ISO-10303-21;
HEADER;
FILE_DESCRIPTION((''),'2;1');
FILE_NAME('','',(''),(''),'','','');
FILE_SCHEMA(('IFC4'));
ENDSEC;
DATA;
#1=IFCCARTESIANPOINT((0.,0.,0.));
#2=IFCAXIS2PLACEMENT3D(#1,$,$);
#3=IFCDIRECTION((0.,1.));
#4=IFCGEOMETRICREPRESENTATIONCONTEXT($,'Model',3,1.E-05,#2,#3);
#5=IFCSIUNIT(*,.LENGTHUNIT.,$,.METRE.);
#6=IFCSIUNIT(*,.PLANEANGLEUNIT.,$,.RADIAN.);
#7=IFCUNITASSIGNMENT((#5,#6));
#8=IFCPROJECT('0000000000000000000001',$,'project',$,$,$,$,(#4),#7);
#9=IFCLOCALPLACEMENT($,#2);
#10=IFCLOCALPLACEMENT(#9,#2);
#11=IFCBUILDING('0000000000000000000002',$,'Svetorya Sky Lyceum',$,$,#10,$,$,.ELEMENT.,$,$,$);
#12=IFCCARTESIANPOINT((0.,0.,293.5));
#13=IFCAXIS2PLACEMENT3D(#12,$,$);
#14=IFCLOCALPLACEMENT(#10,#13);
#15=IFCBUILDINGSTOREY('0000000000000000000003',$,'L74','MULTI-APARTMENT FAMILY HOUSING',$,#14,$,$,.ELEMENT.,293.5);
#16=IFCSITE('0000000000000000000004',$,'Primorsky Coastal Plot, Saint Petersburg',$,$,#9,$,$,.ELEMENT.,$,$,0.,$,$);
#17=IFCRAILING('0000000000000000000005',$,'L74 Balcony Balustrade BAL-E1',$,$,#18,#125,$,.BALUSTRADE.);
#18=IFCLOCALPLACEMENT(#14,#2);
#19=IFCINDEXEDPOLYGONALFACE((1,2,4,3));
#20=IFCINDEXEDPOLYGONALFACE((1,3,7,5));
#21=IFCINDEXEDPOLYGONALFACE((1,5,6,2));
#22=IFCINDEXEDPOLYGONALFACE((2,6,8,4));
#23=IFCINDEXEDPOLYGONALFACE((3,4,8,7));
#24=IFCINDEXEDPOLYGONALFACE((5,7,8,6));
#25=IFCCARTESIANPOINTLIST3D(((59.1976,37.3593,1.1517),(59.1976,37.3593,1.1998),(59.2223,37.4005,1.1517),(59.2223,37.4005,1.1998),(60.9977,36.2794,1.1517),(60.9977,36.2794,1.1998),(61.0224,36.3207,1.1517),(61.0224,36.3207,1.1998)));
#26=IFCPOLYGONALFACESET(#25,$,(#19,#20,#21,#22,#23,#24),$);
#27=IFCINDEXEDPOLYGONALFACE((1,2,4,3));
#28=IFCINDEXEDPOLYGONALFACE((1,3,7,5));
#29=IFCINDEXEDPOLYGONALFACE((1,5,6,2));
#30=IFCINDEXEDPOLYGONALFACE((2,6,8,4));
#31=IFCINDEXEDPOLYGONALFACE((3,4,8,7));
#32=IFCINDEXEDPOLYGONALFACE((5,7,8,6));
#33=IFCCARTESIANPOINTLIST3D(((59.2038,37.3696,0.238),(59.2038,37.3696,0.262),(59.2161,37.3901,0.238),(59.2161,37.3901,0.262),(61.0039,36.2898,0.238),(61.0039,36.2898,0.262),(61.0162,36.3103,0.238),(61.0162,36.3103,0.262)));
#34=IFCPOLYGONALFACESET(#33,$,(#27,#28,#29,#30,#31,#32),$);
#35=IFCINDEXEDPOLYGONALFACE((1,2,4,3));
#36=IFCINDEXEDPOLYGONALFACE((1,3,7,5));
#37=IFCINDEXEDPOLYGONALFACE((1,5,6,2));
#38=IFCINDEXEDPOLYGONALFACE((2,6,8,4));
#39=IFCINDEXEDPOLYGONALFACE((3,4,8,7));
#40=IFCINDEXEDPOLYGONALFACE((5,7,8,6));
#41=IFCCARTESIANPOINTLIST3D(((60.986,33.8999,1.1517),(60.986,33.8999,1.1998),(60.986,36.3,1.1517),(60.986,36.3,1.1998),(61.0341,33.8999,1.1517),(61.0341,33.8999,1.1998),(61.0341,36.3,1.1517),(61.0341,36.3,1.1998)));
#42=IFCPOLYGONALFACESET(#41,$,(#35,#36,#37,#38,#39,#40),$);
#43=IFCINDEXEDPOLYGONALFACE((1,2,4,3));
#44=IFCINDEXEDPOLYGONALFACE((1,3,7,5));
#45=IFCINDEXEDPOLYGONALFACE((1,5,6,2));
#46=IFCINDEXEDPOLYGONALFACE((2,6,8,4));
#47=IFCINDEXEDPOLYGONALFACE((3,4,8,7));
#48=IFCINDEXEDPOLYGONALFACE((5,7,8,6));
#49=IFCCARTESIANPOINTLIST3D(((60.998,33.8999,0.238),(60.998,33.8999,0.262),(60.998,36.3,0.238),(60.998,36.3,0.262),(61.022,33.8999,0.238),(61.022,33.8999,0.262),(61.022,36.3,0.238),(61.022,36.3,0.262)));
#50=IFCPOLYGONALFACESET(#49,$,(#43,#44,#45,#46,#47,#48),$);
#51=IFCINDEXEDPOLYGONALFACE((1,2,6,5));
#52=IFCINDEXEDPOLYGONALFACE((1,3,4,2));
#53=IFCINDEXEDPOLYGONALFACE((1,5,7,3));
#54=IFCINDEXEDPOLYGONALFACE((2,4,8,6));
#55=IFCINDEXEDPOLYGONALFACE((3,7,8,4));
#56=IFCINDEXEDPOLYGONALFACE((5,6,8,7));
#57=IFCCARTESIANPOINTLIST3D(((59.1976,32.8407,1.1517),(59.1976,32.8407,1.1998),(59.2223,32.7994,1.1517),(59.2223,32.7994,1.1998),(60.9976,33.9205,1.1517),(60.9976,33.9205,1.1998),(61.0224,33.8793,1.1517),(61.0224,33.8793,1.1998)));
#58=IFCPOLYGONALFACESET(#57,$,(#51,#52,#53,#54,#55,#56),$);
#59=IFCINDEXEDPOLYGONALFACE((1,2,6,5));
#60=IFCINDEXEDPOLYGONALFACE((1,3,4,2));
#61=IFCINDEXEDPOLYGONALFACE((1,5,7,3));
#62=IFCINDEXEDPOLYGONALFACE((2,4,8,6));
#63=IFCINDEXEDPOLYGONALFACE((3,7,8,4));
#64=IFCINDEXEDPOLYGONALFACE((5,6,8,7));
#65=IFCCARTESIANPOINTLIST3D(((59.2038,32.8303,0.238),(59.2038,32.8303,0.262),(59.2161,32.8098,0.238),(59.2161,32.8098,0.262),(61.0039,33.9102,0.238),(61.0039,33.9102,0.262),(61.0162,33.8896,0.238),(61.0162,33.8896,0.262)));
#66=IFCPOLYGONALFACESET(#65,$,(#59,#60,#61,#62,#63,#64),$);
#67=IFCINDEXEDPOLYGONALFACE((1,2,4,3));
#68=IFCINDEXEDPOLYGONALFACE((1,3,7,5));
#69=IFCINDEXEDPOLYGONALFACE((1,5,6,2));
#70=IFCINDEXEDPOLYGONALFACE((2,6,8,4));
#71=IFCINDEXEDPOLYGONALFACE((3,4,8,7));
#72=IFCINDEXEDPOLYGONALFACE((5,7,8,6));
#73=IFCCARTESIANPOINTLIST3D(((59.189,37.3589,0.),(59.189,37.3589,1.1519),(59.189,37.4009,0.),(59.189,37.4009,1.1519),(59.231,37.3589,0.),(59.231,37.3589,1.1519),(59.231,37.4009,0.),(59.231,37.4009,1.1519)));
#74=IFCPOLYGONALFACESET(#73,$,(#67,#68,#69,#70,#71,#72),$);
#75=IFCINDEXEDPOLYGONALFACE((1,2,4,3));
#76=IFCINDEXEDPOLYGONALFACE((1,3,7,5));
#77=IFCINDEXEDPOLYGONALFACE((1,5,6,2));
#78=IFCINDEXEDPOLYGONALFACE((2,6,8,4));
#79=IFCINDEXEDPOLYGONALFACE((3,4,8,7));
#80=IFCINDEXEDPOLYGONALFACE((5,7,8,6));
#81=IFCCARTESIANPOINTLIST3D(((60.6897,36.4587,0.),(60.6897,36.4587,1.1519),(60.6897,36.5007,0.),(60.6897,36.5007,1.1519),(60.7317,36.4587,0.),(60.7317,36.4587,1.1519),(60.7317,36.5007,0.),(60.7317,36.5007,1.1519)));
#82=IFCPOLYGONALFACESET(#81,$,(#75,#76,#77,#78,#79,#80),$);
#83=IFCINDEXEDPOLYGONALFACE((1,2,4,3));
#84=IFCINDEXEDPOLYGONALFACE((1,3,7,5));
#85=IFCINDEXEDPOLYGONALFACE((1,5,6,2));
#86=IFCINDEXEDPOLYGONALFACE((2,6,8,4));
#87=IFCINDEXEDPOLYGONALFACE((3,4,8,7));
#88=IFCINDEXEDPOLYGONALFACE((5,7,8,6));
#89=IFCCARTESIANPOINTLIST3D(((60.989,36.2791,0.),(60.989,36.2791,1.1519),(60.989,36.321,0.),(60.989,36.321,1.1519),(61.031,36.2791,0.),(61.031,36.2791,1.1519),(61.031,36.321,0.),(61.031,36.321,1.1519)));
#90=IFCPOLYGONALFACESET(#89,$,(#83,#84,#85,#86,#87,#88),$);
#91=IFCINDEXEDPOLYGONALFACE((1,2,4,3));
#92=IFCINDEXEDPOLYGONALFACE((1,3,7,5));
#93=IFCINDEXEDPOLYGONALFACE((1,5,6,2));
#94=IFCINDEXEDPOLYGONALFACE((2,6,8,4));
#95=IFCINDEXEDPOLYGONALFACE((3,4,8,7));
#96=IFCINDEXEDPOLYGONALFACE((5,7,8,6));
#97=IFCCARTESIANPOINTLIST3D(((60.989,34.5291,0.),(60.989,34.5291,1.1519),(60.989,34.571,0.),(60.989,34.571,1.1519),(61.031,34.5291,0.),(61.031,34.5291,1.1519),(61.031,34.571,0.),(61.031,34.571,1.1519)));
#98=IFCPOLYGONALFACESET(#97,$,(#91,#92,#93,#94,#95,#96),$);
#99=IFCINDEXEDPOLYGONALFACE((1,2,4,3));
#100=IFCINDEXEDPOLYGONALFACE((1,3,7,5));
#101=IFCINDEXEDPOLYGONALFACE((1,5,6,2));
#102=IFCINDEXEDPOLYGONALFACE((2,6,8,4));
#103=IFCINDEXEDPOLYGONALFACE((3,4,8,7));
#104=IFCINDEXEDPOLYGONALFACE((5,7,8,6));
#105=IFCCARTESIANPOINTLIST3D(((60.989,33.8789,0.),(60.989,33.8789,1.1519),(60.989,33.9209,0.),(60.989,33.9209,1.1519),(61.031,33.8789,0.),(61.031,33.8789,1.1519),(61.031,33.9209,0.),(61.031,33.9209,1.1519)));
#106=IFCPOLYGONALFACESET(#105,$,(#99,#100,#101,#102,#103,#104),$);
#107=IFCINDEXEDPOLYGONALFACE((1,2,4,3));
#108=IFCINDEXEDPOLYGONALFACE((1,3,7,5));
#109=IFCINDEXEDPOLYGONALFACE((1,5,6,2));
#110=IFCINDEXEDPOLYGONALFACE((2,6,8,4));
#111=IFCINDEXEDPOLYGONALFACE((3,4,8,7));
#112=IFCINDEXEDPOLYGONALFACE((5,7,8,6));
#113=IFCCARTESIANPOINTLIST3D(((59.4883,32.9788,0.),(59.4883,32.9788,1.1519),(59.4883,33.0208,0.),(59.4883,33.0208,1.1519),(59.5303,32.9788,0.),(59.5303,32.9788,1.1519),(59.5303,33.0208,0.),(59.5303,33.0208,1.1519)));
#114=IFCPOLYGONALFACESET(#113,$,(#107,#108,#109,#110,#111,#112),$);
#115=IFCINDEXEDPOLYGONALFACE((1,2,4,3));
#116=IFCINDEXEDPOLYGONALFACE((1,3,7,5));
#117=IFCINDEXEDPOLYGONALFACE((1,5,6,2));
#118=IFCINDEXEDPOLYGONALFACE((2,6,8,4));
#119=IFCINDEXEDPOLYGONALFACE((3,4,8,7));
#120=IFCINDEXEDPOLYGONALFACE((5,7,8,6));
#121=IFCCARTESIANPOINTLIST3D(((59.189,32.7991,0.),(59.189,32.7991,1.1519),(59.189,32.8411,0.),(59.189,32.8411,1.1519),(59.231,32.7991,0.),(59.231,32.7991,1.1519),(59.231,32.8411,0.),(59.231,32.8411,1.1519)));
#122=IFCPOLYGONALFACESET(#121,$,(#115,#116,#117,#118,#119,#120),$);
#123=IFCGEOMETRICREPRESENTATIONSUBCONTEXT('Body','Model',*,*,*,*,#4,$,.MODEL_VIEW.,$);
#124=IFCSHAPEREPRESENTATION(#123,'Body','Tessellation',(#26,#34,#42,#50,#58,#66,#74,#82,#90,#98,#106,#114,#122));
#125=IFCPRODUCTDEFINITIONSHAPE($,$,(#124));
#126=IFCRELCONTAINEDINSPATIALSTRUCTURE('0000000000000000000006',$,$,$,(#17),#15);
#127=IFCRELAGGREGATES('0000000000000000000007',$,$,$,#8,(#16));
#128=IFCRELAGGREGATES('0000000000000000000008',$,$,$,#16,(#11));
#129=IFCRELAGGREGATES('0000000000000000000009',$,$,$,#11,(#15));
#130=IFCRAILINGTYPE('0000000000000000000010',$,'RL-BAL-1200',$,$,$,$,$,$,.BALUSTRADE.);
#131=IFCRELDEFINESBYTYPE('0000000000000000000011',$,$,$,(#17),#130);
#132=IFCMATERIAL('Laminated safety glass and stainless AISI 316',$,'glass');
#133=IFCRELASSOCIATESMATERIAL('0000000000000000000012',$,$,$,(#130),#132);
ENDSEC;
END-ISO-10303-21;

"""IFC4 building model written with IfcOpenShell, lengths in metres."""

from ifc_helpers import new_model, si_unit, direction, frame, origin, origin_2d, place, context, subcontext, project, spatial, rectangle, extrude, material, type_object, element, save


model = new_model("IFC4")

# Units and contexts
model_context = context("Model", 3, precision=1e-05, world=origin(), true_north=direction((0.0, 1.0)))
body_context = subcontext(model_context, "Body", "Model", "MODEL_VIEW")
ifc_project = project(units=[si_unit("LENGTHUNIT", "METRE"), si_unit("PLANEANGLEUNIT", "RADIAN")], contexts=[model_context])

# Site, building, storey
site_placement = place(None, origin())
site = spatial("IfcSite", under=ifc_project, at=site_placement, Name="Primorsky Coastal Plot, Saint Petersburg", CompositionType="ELEMENT", RefElevation=0.0)
building_placement = place(site_placement, origin())
building = spatial("IfcBuilding", under=site, at=building_placement, Name="Svetorya Sky Lyceum", CompositionType="ELEMENT")
storey_placement = place(building_placement, frame((0.0, 0.0, 293.5)))
storey = spatial("IfcBuildingStorey", under=building, at=storey_placement, Name="L74", Description="MULTI-APARTMENT FAMILY HOUSING", CompositionType="ELEMENT", Elevation=293.5)

# Railing
ifc_material_1 = material(Name="Laminated safety glass and stainless AISI 316", Category="glass")
railing_type = type_object("IfcRailingType", Name="RL-BAL-1200", PredefinedType="BALUSTRADE", material=ifc_material_1)
railing_placement = place(storey_placement, frame((59.21, 37.3799, 0.0)))
element("IfcRailing", 1, at=railing_placement, inside=storey, type_object=railing_type, Name="L74 Balcony Balustrade BAL-E1", PredefinedType="BALUSTRADE", context=body_context, shape_type="SweptSolid", body=[
    extrude(rectangle(XDim=0.0481, YDim=0.0481, at=origin_2d()), frame((0.0, 0.0, 1.1758), z_axis=(0.857534, -0.514427, 0.0), x_axis=(0.514427, 0.857534, 0.0)), (0.0, 0.0, 1.0), 2.0991),
    extrude(rectangle(XDim=0.0239, YDim=0.0239, at=origin_2d()), frame((0.0, 0.0, 0.25), z_axis=(0.857534, -0.514427, 0.0), x_axis=(0.514427, 0.857534, 0.0)), (0.0, 0.0, 1.0), 2.0991),
    extrude(rectangle(XDim=0.0481, YDim=0.0481, at=origin_2d()), frame((1.8, -1.0798, 1.1758), z_axis=(0.0, -1.0, 0.0), x_axis=(1.0, 0.0, 0.0)), (0.0, 0.0, 1.0), 2.4001),
    extrude(rectangle(XDim=0.0239, YDim=0.0239, at=origin_2d()), frame((1.8, -1.0798, 0.25), z_axis=(0.0, -1.0, 0.0), x_axis=(1.0, 0.0, 0.0)), (0.0, 0.0, 1.0), 2.4001),
    extrude(rectangle(XDim=0.0481, YDim=0.0481, at=origin_2d()), frame((1.8, -3.48, 1.1758), z_axis=(-0.857534, -0.514427, 0.0), x_axis=(0.514427, -0.857534, 0.0)), (0.0, 0.0, 1.0), 2.0991),
    extrude(rectangle(XDim=0.0239, YDim=0.0239, at=origin_2d()), frame((1.8, -3.48, 0.25), z_axis=(-0.857534, -0.514427, 0.0), x_axis=(0.514427, -0.857534, 0.0)), (0.0, 0.0, 1.0), 2.0991),
    extrude(rectangle(XDim=0.042, YDim=0.042, at=origin_2d()), origin(), (0.0, 0.0, 1.0), 1.1519),
    extrude(rectangle(XDim=0.042, YDim=0.042, at=origin_2d()), frame((1.5007, -0.9001, 0.0)), (0.0, 0.0, 1.0), 1.1519),
    extrude(rectangle(XDim=0.042, YDim=0.042, at=origin_2d()), frame((1.8, -1.0798, 0.0)), (0.0, 0.0, 1.0), 1.1519),
    extrude(rectangle(XDim=0.042, YDim=0.042, at=origin_2d()), frame((1.8, -2.8298, 0.0)), (0.0, 0.0, 1.0), 1.1519),
    extrude(rectangle(XDim=0.042, YDim=0.042, at=origin_2d()), frame((1.8, -3.48, 0.0)), (0.0, 0.0, 1.0), 1.1519),
    extrude(rectangle(XDim=0.042, YDim=0.042, at=origin_2d()), frame((0.2993, -4.3801, 0.0)), (0.0, 0.0, 1.0), 1.1519),
    extrude(rectangle(XDim=0.042, YDim=0.042, at=origin_2d()), frame((0.0, -4.5598, 0.0)), (0.0, 0.0, 1.0), 1.1519),
])

save(model, "model.ifc")
